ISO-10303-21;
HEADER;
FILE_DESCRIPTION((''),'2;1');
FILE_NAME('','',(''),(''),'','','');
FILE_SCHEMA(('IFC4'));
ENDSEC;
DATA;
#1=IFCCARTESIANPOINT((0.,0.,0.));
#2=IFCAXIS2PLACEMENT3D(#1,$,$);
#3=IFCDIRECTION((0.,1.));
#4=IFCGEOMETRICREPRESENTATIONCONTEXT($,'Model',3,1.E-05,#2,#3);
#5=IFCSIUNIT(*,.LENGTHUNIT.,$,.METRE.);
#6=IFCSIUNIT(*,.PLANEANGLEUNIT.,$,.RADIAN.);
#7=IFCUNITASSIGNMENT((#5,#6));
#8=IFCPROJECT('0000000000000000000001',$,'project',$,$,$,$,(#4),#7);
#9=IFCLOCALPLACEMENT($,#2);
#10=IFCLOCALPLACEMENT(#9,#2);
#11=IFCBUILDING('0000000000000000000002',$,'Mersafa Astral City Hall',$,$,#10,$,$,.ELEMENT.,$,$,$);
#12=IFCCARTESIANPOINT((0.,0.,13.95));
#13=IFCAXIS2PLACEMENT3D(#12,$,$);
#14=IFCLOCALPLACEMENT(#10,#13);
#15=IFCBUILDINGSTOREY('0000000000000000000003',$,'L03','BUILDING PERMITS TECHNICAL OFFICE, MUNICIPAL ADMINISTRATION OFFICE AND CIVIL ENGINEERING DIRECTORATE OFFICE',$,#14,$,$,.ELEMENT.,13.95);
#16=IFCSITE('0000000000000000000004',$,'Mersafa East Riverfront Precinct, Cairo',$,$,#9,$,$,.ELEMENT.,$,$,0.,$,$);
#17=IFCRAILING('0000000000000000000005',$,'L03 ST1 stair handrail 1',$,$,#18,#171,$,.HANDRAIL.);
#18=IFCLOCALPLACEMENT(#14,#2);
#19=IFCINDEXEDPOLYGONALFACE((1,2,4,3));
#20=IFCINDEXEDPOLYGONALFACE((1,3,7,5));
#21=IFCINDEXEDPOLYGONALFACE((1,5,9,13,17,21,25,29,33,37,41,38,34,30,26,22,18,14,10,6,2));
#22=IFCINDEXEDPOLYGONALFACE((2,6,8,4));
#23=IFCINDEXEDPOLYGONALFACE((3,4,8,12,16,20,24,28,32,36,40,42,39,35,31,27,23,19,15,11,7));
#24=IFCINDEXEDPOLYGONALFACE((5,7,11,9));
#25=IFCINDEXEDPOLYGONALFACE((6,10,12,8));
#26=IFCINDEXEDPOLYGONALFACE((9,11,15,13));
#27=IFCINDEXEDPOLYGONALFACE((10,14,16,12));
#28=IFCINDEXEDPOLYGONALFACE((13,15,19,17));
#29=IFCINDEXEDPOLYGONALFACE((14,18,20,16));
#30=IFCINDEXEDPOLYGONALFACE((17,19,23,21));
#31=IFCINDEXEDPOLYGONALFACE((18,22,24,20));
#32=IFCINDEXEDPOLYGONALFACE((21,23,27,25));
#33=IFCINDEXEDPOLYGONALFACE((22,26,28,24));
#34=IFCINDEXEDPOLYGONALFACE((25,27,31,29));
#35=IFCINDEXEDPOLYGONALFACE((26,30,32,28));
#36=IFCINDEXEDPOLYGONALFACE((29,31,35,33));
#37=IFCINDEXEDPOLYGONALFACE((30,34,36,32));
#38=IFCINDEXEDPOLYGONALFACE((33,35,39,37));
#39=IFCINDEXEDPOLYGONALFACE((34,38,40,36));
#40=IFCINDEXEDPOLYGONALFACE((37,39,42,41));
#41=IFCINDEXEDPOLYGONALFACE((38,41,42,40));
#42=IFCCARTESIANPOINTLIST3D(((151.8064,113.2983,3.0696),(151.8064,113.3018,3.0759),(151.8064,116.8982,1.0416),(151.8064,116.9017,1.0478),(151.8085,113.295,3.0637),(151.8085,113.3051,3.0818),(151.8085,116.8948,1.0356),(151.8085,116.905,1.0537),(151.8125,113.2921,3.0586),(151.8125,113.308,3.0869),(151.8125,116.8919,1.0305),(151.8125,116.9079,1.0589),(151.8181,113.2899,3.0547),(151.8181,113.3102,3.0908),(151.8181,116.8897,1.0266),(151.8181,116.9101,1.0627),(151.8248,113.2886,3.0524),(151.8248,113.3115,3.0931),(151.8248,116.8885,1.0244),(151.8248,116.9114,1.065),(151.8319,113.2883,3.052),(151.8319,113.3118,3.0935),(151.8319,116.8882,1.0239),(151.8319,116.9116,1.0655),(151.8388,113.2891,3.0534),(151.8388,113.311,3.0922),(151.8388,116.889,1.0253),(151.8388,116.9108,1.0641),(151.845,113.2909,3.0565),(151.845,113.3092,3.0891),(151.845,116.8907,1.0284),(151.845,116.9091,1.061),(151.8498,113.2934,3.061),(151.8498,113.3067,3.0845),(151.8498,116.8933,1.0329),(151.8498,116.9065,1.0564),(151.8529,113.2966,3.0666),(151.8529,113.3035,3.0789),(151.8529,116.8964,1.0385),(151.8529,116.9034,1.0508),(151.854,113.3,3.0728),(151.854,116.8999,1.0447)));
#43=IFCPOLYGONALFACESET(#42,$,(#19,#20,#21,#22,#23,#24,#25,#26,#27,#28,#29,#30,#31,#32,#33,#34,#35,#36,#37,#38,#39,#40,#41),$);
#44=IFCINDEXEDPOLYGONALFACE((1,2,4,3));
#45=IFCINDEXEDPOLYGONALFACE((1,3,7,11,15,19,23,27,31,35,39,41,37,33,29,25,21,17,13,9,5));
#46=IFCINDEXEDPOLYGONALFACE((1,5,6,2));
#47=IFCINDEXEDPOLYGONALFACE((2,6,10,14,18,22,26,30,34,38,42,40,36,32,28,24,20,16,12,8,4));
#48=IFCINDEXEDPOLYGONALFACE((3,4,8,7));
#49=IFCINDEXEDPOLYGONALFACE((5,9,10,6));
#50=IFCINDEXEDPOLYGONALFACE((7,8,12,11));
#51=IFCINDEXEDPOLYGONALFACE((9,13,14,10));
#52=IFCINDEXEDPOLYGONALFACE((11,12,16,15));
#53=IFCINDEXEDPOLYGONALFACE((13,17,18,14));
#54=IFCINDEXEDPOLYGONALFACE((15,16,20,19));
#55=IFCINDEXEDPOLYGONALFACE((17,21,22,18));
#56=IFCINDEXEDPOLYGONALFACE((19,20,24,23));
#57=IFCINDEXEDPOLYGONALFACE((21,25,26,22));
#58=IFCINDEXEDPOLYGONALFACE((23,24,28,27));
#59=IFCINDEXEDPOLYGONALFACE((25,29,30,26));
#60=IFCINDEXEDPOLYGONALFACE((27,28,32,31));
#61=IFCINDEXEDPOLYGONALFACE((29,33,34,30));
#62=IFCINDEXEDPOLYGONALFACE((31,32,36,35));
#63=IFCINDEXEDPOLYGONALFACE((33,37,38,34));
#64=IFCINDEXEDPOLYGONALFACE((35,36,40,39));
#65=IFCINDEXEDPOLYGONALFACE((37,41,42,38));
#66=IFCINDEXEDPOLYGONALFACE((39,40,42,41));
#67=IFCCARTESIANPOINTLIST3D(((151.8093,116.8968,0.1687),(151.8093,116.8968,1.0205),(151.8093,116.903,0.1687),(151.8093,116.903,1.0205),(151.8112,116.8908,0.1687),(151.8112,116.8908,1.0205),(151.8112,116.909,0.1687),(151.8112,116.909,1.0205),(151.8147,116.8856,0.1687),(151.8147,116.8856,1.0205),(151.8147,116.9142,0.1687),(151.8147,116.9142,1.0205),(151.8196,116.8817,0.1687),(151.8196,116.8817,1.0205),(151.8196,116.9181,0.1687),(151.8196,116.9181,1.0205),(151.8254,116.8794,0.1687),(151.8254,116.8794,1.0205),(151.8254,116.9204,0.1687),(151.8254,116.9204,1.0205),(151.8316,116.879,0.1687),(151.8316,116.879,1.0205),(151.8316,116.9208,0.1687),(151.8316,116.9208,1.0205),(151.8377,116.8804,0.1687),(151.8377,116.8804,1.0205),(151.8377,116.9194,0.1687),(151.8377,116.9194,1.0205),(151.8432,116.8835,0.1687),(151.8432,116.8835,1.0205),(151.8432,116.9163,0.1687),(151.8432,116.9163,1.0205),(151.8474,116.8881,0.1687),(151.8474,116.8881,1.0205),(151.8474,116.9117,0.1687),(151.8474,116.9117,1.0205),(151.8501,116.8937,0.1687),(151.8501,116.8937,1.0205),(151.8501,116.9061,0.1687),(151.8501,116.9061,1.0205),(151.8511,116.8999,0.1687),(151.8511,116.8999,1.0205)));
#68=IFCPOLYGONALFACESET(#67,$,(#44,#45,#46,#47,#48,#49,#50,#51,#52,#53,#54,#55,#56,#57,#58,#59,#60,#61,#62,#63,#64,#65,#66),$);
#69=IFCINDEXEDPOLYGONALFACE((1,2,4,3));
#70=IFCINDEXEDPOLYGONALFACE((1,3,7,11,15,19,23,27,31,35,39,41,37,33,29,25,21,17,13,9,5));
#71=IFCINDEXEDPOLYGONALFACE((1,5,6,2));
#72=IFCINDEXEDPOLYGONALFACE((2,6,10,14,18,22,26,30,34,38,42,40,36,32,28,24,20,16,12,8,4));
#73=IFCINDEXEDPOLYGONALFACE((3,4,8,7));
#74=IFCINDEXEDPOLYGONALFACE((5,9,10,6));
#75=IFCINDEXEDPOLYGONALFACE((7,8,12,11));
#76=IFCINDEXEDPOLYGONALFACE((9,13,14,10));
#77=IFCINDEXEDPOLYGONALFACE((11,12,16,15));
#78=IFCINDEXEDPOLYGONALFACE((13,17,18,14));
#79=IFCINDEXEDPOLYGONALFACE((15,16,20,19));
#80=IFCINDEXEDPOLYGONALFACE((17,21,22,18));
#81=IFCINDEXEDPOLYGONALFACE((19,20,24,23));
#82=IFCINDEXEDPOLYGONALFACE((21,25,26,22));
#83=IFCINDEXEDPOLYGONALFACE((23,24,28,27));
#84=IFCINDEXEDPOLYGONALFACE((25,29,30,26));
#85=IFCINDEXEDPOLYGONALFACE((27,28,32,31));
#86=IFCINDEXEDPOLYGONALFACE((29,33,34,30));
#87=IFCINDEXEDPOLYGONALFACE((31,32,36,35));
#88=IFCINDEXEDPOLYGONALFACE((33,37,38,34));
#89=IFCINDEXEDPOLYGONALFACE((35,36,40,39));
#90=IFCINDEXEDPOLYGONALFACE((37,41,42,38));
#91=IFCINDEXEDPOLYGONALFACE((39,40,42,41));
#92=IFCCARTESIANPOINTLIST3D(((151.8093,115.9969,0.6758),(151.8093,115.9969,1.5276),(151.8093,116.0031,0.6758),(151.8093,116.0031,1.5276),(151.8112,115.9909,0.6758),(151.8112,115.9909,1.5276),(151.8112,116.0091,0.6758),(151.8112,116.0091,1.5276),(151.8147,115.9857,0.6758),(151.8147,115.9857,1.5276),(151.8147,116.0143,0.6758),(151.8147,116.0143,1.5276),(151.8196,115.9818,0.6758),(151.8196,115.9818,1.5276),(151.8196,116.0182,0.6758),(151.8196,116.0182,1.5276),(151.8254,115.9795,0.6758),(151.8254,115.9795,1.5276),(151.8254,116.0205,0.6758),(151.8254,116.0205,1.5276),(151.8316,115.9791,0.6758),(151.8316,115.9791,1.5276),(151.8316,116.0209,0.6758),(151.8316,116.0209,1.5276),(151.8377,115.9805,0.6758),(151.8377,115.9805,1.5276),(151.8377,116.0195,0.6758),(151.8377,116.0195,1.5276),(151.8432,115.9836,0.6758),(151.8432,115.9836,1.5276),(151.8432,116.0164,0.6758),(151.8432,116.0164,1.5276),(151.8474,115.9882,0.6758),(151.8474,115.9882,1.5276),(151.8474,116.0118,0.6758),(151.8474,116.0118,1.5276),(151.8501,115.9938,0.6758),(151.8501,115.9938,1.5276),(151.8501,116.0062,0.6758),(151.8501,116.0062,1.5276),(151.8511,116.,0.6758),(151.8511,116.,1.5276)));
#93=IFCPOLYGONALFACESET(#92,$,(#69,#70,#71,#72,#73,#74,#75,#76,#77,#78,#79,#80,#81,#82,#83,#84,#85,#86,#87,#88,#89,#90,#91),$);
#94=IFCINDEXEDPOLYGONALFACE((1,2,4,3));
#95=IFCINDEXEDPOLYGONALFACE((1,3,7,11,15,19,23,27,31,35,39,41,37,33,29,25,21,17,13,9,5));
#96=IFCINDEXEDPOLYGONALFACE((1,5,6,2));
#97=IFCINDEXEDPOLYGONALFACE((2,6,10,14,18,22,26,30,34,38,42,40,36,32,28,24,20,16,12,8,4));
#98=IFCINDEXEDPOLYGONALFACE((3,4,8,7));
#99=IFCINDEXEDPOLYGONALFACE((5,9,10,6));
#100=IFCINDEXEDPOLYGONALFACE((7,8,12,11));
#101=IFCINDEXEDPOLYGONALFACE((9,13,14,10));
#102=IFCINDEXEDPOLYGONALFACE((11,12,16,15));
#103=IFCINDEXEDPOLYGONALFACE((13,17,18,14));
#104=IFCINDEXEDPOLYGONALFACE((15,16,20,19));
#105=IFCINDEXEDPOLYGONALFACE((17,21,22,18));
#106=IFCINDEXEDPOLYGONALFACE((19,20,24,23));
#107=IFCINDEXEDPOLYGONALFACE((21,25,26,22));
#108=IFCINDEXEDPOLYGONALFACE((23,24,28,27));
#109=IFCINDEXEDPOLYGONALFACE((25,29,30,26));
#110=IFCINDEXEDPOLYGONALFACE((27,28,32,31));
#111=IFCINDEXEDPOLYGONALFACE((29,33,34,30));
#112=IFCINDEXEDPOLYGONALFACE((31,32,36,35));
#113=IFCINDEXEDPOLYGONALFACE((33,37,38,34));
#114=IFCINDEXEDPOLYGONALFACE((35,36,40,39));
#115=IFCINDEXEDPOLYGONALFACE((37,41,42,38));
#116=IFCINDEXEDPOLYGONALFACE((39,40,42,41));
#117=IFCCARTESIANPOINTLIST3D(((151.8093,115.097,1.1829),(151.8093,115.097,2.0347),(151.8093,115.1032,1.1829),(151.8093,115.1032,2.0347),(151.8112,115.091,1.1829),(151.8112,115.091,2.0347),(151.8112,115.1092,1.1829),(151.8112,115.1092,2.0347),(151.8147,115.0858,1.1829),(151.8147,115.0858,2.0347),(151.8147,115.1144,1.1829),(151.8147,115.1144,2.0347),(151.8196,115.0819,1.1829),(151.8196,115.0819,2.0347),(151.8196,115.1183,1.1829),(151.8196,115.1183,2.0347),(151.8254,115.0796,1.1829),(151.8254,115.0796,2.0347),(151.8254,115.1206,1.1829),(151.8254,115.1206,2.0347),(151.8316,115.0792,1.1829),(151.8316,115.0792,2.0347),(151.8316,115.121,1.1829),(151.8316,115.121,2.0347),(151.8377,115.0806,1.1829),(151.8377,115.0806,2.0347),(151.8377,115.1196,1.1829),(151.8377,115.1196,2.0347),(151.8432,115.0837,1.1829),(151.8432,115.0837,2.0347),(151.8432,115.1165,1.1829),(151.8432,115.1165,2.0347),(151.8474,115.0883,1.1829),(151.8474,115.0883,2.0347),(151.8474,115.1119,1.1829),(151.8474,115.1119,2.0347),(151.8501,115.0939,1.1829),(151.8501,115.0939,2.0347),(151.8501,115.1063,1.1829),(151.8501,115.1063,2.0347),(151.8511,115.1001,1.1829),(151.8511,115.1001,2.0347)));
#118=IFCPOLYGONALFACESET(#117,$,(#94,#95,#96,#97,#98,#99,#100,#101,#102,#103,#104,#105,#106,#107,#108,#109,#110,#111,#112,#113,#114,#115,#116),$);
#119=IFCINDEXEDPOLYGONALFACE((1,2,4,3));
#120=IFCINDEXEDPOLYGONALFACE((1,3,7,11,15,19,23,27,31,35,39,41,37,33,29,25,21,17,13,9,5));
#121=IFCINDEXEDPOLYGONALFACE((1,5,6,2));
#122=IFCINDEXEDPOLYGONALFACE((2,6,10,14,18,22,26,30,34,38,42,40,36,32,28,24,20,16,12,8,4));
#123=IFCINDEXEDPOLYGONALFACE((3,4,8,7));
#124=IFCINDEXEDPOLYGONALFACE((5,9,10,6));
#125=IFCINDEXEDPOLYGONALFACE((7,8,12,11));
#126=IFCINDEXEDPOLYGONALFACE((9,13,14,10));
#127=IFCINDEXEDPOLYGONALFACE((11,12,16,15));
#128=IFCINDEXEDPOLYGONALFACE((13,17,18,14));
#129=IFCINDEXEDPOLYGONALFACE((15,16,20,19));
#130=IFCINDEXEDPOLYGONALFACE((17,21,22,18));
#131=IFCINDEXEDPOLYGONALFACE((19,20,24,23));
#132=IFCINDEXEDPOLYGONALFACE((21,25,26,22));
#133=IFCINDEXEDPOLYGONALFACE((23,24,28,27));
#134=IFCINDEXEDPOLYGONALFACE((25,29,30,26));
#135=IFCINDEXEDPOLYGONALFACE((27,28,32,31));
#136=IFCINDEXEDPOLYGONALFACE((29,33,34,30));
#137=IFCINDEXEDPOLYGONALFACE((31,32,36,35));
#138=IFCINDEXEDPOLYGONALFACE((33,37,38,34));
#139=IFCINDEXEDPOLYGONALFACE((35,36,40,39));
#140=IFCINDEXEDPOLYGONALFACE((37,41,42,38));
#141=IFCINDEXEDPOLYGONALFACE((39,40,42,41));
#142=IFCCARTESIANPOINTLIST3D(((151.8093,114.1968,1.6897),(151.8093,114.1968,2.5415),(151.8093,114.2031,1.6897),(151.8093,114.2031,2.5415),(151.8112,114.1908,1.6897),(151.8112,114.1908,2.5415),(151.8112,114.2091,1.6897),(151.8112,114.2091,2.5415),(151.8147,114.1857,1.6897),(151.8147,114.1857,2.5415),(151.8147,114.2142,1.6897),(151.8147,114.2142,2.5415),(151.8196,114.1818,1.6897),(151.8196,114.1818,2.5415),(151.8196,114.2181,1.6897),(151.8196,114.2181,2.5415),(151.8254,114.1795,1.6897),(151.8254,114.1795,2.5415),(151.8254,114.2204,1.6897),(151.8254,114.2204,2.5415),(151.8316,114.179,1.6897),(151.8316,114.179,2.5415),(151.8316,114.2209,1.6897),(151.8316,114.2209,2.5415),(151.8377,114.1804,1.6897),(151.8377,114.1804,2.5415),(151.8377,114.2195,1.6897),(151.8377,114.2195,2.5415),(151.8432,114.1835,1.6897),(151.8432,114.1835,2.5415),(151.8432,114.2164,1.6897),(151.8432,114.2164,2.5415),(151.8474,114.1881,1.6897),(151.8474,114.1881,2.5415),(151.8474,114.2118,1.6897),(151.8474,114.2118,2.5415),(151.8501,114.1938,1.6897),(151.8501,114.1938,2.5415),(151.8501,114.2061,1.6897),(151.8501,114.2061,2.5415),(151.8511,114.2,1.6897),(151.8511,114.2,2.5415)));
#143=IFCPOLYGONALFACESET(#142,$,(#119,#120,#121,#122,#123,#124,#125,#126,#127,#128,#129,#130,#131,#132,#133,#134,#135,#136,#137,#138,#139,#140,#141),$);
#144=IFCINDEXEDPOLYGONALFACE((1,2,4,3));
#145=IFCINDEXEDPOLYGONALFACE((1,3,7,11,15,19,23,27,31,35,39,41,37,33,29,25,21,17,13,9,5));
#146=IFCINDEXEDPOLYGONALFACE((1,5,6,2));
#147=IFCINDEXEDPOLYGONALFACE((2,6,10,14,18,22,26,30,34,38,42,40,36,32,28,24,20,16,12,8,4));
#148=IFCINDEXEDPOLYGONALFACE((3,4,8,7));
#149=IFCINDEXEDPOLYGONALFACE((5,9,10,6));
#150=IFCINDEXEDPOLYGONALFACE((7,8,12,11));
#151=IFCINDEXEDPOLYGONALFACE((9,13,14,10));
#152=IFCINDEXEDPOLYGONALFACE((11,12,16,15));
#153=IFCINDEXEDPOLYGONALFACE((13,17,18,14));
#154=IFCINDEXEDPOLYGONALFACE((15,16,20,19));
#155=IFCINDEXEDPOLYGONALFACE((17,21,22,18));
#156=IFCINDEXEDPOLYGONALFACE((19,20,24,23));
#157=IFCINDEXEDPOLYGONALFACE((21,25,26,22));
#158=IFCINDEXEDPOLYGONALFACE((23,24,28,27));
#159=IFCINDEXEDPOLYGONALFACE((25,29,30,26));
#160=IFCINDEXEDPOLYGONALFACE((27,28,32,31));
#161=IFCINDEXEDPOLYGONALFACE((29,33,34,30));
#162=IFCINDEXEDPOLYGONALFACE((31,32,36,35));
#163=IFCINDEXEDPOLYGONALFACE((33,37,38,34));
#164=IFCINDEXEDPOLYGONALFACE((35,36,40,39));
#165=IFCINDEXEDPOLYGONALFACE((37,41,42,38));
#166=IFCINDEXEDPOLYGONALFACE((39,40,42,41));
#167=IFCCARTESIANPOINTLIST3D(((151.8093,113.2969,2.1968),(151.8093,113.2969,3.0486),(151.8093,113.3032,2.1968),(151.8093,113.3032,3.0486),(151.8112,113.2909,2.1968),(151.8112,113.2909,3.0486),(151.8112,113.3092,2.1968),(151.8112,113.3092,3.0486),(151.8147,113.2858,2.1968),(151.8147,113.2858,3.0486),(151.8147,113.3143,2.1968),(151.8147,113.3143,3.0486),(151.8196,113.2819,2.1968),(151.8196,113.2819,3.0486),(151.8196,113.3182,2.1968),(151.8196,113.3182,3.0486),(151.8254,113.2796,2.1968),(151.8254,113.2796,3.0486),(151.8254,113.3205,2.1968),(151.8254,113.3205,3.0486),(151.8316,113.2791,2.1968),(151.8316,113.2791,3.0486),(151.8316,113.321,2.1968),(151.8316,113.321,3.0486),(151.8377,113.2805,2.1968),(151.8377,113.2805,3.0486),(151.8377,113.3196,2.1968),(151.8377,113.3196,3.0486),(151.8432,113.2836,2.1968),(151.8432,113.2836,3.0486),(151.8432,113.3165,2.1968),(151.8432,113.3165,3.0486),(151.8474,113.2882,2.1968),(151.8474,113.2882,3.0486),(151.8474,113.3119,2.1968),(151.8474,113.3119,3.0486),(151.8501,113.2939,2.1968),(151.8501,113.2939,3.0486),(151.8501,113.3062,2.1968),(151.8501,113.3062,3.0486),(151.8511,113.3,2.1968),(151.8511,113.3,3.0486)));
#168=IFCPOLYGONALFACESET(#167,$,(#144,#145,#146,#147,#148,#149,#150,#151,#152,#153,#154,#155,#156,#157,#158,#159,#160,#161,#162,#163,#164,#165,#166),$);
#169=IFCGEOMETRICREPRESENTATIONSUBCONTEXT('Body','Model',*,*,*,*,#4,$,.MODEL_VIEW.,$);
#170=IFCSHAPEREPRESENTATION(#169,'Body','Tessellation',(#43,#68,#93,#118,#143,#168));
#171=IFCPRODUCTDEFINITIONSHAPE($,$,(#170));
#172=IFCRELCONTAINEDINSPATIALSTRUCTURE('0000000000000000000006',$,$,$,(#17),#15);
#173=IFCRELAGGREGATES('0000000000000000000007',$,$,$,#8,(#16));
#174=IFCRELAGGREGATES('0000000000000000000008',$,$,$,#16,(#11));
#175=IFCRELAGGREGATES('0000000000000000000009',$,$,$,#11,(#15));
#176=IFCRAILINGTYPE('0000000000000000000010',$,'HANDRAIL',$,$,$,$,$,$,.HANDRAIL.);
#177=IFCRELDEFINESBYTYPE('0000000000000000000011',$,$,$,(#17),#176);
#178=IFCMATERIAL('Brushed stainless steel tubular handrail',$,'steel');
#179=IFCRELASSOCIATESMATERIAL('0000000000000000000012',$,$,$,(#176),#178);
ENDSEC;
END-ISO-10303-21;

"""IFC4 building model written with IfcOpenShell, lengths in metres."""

from ifc_helpers import new_model, si_unit, direction, frame, origin, origin_2d, place, context, subcontext, project, spatial, circle, extrude, material, type_object, element, save


model = new_model("IFC4")

# Units and contexts
model_context = context("Model", 3, precision=1e-05, world=origin(), true_north=direction((0.0, 1.0)))
body_context = subcontext(model_context, "Body", "Model", "MODEL_VIEW")
ifc_project = project(units=[si_unit("LENGTHUNIT", "METRE"), si_unit("PLANEANGLEUNIT", "RADIAN")], contexts=[model_context])

# Site, building, storey
site_placement = place(None, origin())
site = spatial("IfcSite", under=ifc_project, at=site_placement, Name="Mersafa East Riverfront Precinct, Cairo", CompositionType="ELEMENT", RefElevation=0.0)
building_placement = place(site_placement, origin())
building = spatial("IfcBuilding", under=site, at=building_placement, Name="Mersafa Astral City Hall", CompositionType="ELEMENT")
storey_placement = place(building_placement, frame((0.0, 0.0, 13.95)))
storey = spatial("IfcBuildingStorey", under=building, at=storey_placement, Name="L03", Description="BUILDING PERMITS TECHNICAL OFFICE, MUNICIPAL ADMINISTRATION OFFICE AND CIVIL ENGINEERING DIRECTORATE OFFICE", CompositionType="ELEMENT", Elevation=13.95)

# Railing
ifc_material_1 = material(Name="Brushed stainless steel tubular handrail", Category="steel")
railing_type_1 = type_object("IfcRailingType", Name="HANDRAIL", PredefinedType="HANDRAIL", material=ifc_material_1)
railing_1_placement = place(storey_placement, frame((151.8301, 116.8999, 0.1687)))
element("IfcRailing", 1, at=railing_1_placement, inside=storey, type_object=railing_type_1, Name="L03 ST1 stair handrail 1", PredefinedType="HANDRAIL", context=body_context, shape_type="SweptSolid", body=[
    extrude(circle(Radius=0.0239, at=origin_2d()), frame((0.0, 0.0, 0.876), z_axis=(0.0, -0.871249, 0.490842), x_axis=(1.0, 0.0, 0.0)), (0.0, 0.0, 1.0), 4.1318),
    extrude(circle(Radius=0.021, at=origin_2d()), origin(), (0.0, 0.0, 1.0), 0.8518),
    extrude(circle(Radius=0.021, at=origin_2d()), frame((0.0, -0.8999, 0.5071)), (0.0, 0.0, 1.0), 0.8518),
    extrude(circle(Radius=0.021, at=origin_2d()), frame((0.0, -1.7998, 1.0142)), (0.0, 0.0, 1.0), 0.8518),
    extrude(circle(Radius=0.021, at=origin_2d()), frame((0.0, -2.7, 1.521)), (0.0, 0.0, 1.0), 0.8518),
    extrude(circle(Radius=0.021, at=origin_2d()), frame((0.0, -3.5999, 2.0281)), (0.0, 0.0, 1.0), 0.8518),
])

save(model, "model.ifc")
